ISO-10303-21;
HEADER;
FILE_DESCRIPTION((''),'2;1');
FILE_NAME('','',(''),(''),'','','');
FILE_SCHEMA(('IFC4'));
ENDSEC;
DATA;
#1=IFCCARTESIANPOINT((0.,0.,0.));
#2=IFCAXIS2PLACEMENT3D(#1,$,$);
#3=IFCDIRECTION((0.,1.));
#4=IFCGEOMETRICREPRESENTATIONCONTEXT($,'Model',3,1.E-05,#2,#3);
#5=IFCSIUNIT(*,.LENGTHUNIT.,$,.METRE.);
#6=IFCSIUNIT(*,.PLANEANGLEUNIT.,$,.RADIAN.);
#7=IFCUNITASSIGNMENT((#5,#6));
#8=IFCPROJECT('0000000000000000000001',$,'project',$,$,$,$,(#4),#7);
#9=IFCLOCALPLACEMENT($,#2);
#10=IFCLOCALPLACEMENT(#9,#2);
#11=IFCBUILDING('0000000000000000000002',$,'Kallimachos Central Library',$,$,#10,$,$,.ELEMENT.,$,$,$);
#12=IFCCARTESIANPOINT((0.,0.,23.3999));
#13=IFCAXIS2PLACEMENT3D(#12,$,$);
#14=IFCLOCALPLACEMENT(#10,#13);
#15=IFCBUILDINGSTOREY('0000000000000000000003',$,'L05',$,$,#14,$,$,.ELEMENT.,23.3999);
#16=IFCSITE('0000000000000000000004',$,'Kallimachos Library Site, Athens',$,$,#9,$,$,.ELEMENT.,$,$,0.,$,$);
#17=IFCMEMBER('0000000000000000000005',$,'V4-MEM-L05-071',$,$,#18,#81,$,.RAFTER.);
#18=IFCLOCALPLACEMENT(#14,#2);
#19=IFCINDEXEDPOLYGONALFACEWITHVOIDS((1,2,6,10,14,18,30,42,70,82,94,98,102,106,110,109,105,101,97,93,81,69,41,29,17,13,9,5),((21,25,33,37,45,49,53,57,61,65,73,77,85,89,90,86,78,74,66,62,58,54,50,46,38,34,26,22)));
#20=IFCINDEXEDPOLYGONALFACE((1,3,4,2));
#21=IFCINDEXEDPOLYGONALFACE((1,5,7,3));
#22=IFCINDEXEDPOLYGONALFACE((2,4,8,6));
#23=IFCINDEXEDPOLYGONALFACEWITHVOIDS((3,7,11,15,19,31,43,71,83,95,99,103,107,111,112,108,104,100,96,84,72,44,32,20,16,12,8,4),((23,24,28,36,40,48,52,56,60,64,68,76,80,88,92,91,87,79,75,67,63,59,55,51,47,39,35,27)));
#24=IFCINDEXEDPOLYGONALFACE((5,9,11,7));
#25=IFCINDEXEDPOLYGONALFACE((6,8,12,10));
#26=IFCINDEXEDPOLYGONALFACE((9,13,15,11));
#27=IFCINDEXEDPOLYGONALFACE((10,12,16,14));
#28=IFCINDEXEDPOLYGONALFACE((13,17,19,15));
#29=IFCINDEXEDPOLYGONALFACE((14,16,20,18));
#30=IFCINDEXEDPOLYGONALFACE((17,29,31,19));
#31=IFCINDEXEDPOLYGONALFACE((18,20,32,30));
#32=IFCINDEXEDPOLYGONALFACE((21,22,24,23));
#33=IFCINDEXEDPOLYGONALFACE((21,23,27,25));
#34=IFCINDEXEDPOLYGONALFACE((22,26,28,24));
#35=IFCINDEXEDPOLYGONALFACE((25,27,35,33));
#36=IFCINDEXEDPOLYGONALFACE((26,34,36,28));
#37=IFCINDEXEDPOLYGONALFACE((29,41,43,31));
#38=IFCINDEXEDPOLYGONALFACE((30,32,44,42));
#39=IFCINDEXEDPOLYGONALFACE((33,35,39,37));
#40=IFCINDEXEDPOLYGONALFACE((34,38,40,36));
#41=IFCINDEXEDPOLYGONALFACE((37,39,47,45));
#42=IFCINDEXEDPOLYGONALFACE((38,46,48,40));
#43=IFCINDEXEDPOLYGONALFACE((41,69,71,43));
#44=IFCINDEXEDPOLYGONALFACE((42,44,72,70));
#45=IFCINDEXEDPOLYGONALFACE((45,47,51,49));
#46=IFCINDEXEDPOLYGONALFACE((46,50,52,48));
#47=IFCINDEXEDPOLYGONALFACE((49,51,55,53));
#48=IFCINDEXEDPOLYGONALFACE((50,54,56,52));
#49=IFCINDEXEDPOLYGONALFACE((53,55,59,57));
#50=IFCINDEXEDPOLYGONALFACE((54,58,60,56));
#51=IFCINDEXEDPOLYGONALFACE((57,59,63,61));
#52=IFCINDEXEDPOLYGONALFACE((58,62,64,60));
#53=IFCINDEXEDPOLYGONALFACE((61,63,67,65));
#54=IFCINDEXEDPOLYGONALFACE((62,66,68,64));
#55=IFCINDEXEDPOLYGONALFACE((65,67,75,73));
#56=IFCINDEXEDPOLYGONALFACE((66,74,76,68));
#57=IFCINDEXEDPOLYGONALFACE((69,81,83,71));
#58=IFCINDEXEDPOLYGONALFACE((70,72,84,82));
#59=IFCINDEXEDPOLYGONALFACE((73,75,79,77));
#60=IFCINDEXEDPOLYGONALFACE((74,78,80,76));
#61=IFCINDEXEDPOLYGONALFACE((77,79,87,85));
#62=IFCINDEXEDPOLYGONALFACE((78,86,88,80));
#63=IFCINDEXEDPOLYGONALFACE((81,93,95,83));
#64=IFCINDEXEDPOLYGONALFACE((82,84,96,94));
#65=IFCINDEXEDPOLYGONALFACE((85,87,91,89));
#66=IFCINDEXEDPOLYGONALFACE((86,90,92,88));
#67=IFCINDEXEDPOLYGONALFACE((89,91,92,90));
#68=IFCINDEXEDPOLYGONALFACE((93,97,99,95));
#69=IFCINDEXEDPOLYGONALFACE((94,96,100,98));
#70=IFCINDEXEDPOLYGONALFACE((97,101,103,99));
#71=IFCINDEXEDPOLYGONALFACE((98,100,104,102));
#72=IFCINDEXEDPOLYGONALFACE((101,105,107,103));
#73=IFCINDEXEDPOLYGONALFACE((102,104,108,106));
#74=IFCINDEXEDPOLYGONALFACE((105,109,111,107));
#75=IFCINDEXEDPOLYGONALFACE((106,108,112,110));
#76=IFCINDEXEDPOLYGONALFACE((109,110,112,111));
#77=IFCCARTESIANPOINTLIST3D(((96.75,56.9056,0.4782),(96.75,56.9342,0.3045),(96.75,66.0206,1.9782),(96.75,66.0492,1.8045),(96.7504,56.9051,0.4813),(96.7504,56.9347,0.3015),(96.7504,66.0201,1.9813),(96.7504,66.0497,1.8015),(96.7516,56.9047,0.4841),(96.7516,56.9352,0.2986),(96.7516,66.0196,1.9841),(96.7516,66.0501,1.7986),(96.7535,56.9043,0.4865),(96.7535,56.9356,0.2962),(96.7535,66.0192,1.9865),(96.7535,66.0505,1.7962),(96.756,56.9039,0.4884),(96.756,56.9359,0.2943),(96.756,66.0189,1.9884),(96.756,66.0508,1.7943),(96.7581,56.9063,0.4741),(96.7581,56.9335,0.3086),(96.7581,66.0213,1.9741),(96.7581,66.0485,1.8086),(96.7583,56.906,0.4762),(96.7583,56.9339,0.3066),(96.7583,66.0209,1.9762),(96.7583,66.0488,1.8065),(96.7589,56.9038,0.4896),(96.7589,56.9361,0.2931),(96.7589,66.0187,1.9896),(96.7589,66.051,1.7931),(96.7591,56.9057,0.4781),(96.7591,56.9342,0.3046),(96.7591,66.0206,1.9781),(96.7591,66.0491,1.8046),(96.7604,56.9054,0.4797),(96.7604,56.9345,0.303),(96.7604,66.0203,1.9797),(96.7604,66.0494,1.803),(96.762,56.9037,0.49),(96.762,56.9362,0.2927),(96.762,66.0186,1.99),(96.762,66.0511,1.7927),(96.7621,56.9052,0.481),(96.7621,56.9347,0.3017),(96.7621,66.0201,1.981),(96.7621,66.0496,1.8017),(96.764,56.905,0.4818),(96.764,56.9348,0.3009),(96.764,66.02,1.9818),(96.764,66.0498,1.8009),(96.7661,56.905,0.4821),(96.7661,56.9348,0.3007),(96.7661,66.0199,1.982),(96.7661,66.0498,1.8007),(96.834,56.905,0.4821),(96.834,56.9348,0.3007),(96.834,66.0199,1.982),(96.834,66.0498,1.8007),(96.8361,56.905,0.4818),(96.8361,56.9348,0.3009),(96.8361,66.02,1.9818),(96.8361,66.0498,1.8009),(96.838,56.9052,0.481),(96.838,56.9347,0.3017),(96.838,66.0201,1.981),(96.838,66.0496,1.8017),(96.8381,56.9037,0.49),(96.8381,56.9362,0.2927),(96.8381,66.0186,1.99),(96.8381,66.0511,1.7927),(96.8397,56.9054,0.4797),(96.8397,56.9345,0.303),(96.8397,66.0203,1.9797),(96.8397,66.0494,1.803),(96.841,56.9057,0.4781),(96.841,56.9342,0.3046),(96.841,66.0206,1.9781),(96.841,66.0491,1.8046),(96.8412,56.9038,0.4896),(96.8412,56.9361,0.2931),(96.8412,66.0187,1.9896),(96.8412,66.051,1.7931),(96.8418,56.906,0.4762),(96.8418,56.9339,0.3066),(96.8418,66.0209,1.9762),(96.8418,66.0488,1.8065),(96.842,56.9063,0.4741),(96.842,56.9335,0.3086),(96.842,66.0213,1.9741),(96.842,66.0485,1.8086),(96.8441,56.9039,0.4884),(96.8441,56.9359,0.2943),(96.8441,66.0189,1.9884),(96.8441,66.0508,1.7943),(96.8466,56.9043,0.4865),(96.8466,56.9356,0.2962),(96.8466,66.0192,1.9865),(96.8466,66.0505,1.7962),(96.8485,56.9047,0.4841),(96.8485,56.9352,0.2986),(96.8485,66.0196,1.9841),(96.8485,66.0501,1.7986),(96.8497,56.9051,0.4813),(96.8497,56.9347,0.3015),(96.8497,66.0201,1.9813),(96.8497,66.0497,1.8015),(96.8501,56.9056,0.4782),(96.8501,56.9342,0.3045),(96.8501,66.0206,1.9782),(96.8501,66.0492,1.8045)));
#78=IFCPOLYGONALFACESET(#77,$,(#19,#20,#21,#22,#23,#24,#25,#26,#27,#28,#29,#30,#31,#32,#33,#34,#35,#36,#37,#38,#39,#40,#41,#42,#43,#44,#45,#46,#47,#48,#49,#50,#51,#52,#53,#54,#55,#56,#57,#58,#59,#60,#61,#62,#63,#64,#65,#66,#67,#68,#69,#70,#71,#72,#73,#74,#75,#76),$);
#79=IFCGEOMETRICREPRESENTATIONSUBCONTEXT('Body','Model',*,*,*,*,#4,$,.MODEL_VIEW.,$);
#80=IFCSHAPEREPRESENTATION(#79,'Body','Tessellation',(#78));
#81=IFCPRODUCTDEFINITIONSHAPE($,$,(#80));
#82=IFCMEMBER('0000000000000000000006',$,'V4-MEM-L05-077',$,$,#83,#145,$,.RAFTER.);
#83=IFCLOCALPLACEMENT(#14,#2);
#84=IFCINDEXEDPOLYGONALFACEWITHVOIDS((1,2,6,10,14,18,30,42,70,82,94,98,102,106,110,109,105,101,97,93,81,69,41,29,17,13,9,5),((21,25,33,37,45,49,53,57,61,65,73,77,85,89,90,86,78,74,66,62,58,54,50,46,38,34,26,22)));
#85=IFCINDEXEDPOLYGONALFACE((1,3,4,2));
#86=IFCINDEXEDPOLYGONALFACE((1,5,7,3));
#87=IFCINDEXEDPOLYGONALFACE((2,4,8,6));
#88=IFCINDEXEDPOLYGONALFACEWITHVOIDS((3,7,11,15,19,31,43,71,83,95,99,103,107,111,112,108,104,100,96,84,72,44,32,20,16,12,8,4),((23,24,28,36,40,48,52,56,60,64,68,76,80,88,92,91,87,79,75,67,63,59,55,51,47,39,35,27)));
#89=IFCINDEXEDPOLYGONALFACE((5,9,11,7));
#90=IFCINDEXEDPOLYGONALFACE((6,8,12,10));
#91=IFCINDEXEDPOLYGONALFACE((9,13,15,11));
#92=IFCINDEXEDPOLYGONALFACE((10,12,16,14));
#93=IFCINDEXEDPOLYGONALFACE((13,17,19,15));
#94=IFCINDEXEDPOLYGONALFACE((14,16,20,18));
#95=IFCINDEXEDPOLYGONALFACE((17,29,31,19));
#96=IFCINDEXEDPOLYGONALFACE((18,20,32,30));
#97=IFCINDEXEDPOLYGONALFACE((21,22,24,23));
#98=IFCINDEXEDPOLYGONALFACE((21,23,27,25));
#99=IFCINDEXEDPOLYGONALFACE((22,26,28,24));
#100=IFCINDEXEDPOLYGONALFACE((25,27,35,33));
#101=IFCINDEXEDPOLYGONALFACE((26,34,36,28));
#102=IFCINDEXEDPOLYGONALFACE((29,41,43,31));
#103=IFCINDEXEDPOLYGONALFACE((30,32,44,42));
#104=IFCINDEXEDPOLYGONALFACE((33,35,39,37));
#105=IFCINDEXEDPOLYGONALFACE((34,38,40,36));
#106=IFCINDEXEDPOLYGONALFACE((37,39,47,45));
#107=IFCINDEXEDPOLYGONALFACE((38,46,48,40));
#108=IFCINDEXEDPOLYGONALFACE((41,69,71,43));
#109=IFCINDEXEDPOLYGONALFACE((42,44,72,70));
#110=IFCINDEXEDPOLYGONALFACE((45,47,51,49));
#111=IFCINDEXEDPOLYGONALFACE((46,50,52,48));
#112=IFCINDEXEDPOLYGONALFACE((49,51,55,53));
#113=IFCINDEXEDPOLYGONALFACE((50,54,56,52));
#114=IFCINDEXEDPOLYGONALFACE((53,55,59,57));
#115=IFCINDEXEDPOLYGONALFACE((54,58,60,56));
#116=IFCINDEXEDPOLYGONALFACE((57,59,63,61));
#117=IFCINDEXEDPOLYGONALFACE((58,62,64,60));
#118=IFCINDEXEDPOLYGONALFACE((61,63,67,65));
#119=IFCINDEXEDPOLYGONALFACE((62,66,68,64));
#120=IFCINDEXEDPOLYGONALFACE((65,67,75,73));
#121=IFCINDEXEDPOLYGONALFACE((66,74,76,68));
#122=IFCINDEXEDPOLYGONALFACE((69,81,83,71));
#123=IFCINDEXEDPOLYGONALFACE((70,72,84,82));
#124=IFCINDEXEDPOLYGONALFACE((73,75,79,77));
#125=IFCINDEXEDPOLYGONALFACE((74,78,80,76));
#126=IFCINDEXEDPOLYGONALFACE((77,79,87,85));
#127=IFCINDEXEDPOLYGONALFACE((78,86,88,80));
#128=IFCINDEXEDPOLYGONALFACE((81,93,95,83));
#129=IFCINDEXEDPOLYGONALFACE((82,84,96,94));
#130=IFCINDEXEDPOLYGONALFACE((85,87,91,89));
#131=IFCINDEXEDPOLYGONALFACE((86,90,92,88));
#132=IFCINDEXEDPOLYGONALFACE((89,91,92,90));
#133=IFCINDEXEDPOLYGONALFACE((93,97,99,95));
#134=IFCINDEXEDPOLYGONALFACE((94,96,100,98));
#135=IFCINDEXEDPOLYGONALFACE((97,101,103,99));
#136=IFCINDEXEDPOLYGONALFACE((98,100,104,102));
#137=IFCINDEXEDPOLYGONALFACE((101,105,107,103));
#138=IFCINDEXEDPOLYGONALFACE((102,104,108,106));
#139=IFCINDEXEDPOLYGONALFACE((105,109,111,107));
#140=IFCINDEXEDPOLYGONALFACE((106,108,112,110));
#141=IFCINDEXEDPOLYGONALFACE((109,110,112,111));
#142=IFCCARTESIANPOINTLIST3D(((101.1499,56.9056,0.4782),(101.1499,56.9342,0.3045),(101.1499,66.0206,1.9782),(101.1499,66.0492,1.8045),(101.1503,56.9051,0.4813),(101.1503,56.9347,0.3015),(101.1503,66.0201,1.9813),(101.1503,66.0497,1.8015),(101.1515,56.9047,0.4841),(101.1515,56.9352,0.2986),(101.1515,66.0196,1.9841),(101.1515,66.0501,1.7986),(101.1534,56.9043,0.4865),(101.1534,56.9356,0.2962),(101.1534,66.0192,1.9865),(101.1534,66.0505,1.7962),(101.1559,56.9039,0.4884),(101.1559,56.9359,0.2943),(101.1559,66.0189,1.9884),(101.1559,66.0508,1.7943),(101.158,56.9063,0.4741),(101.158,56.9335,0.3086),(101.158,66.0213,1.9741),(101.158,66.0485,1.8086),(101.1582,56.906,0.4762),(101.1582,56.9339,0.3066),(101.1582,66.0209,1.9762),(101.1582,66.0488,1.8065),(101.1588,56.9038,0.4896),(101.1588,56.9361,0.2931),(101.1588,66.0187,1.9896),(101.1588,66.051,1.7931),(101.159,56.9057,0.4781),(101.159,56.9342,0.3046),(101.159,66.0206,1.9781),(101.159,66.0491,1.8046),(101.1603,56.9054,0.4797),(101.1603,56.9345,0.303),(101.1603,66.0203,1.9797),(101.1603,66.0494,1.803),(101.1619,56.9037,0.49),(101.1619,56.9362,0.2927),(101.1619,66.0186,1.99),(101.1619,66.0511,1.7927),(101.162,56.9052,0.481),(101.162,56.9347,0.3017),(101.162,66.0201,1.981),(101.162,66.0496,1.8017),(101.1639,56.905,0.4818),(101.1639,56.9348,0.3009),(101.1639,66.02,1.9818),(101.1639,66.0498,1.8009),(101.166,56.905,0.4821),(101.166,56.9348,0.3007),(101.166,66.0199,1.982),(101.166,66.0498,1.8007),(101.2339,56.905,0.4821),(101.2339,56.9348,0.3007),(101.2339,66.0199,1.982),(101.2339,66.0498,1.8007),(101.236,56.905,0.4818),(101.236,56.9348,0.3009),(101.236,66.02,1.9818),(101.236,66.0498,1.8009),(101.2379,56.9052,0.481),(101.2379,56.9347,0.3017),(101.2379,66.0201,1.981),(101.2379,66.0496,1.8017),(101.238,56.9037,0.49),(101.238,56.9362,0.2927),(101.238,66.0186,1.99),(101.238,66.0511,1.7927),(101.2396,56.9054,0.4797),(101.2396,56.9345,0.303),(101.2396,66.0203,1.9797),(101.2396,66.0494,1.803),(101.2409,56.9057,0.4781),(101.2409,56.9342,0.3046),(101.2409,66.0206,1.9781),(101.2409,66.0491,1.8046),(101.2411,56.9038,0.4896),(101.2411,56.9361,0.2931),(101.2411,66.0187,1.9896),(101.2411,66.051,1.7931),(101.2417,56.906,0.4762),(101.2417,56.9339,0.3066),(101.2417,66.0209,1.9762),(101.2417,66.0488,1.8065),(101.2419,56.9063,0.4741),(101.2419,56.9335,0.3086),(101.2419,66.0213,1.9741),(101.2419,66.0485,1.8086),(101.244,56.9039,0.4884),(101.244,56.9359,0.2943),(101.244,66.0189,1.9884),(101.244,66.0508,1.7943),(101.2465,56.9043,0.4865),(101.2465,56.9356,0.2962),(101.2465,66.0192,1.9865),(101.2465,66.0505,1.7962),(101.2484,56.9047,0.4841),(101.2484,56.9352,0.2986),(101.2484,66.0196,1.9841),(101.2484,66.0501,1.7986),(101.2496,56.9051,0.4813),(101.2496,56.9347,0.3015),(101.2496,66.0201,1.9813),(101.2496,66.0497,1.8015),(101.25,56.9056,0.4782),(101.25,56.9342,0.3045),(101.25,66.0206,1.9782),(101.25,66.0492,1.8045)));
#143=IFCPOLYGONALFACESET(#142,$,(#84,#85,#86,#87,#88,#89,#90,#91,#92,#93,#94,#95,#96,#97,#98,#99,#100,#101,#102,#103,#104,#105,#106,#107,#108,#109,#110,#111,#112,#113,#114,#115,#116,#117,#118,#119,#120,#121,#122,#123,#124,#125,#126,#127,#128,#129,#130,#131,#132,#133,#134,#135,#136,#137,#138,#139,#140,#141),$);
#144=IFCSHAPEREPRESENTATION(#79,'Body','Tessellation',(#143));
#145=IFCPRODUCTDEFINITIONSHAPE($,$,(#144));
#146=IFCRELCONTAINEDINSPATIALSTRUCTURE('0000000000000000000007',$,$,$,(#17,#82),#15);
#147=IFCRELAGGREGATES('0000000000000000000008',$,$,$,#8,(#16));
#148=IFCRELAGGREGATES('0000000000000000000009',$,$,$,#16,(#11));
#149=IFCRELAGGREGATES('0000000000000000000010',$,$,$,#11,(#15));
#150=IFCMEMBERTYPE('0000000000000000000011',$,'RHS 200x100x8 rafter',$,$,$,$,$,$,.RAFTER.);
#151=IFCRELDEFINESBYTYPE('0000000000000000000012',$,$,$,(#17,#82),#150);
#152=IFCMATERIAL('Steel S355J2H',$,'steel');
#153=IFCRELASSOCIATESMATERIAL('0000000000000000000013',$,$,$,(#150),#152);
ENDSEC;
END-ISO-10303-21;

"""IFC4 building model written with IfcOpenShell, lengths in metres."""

from ifc_helpers import new_model, si_unit, direction, frame, origin, origin_2d, place, context, subcontext, project, spatial, hollow_rectangle, extrude, material, material_profile, profile_set, type_object, element, save


model = new_model("IFC4")

# Units and contexts
model_context = context("Model", 3, precision=1e-05, world=origin(), true_north=direction((0.0, 1.0)))
body_context = subcontext(model_context, "Body", "Model", "MODEL_VIEW")
ifc_project = project(units=[si_unit("LENGTHUNIT", "METRE"), si_unit("PLANEANGLEUNIT", "RADIAN")], contexts=[model_context])

# Site, building, storey
site_placement = place(None, origin())
site = spatial("IfcSite", under=ifc_project, at=site_placement, Name="Kallimachos Library Site, Athens", CompositionType="ELEMENT", RefElevation=0.0)
building_placement = place(site_placement, origin())
building = spatial("IfcBuilding", under=site, at=building_placement, Name="Kallimachos Central Library", CompositionType="ELEMENT")
storey_placement = place(building_placement, frame((0.0, 0.0, 23.3999)))
storey = spatial("IfcBuildingStorey", under=building, at=storey_placement, Name="L05", CompositionType="ELEMENT", Elevation=23.3999)

# Members
ifc_material_1 = material(Name="Steel S355J2H", Category="steel")
ifc_material_profile_1 = material_profile(ifc_material_1, hollow_rectangle(XDim=0.1001, YDim=0.2, WallThickness=0.0081, InnerFilletRadius=0.0081, OuterFilletRadius=0.012, at=origin_2d()), Name="RHS 200x100x8")
ifc_profile_set_1 = profile_set([ifc_material_profile_1], Name="Steel S355J2H")
member_type_1 = type_object("IfcMemberType", Name="RHS 200x100x8 rafter", PredefinedType="RAFTER", material=ifc_profile_set_1)
for number, where, z_axis, x_axis, name in (
    (1, (96.8, 56.9199, 0.3914), (0.0, 0.986728, 0.16238), (-1.0, 0.0, 0.0), "V4-MEM-L05-071"),
    (2, (101.2, 56.9199, 0.3914), (0.0, 0.986728, 0.16238), (-1.0, 0.0, 0.0), "V4-MEM-L05-077"),
):
    element("IfcMember", number, at=place(storey_placement, frame(where, z_axis=z_axis, x_axis=x_axis)), inside=storey, type_object=member_type_1, Name=name, PredefinedType="RAFTER", context=body_context, shape_type="SweptSolid", body=[
        extrude(hollow_rectangle(XDim=0.1001, YDim=0.2, WallThickness=0.0081, InnerFilletRadius=0.0081, OuterFilletRadius=0.012, at=origin_2d()), origin(), (0.0, 0.0, 1.0), 9.2375),
    ])

save(model, "model.ifc")
